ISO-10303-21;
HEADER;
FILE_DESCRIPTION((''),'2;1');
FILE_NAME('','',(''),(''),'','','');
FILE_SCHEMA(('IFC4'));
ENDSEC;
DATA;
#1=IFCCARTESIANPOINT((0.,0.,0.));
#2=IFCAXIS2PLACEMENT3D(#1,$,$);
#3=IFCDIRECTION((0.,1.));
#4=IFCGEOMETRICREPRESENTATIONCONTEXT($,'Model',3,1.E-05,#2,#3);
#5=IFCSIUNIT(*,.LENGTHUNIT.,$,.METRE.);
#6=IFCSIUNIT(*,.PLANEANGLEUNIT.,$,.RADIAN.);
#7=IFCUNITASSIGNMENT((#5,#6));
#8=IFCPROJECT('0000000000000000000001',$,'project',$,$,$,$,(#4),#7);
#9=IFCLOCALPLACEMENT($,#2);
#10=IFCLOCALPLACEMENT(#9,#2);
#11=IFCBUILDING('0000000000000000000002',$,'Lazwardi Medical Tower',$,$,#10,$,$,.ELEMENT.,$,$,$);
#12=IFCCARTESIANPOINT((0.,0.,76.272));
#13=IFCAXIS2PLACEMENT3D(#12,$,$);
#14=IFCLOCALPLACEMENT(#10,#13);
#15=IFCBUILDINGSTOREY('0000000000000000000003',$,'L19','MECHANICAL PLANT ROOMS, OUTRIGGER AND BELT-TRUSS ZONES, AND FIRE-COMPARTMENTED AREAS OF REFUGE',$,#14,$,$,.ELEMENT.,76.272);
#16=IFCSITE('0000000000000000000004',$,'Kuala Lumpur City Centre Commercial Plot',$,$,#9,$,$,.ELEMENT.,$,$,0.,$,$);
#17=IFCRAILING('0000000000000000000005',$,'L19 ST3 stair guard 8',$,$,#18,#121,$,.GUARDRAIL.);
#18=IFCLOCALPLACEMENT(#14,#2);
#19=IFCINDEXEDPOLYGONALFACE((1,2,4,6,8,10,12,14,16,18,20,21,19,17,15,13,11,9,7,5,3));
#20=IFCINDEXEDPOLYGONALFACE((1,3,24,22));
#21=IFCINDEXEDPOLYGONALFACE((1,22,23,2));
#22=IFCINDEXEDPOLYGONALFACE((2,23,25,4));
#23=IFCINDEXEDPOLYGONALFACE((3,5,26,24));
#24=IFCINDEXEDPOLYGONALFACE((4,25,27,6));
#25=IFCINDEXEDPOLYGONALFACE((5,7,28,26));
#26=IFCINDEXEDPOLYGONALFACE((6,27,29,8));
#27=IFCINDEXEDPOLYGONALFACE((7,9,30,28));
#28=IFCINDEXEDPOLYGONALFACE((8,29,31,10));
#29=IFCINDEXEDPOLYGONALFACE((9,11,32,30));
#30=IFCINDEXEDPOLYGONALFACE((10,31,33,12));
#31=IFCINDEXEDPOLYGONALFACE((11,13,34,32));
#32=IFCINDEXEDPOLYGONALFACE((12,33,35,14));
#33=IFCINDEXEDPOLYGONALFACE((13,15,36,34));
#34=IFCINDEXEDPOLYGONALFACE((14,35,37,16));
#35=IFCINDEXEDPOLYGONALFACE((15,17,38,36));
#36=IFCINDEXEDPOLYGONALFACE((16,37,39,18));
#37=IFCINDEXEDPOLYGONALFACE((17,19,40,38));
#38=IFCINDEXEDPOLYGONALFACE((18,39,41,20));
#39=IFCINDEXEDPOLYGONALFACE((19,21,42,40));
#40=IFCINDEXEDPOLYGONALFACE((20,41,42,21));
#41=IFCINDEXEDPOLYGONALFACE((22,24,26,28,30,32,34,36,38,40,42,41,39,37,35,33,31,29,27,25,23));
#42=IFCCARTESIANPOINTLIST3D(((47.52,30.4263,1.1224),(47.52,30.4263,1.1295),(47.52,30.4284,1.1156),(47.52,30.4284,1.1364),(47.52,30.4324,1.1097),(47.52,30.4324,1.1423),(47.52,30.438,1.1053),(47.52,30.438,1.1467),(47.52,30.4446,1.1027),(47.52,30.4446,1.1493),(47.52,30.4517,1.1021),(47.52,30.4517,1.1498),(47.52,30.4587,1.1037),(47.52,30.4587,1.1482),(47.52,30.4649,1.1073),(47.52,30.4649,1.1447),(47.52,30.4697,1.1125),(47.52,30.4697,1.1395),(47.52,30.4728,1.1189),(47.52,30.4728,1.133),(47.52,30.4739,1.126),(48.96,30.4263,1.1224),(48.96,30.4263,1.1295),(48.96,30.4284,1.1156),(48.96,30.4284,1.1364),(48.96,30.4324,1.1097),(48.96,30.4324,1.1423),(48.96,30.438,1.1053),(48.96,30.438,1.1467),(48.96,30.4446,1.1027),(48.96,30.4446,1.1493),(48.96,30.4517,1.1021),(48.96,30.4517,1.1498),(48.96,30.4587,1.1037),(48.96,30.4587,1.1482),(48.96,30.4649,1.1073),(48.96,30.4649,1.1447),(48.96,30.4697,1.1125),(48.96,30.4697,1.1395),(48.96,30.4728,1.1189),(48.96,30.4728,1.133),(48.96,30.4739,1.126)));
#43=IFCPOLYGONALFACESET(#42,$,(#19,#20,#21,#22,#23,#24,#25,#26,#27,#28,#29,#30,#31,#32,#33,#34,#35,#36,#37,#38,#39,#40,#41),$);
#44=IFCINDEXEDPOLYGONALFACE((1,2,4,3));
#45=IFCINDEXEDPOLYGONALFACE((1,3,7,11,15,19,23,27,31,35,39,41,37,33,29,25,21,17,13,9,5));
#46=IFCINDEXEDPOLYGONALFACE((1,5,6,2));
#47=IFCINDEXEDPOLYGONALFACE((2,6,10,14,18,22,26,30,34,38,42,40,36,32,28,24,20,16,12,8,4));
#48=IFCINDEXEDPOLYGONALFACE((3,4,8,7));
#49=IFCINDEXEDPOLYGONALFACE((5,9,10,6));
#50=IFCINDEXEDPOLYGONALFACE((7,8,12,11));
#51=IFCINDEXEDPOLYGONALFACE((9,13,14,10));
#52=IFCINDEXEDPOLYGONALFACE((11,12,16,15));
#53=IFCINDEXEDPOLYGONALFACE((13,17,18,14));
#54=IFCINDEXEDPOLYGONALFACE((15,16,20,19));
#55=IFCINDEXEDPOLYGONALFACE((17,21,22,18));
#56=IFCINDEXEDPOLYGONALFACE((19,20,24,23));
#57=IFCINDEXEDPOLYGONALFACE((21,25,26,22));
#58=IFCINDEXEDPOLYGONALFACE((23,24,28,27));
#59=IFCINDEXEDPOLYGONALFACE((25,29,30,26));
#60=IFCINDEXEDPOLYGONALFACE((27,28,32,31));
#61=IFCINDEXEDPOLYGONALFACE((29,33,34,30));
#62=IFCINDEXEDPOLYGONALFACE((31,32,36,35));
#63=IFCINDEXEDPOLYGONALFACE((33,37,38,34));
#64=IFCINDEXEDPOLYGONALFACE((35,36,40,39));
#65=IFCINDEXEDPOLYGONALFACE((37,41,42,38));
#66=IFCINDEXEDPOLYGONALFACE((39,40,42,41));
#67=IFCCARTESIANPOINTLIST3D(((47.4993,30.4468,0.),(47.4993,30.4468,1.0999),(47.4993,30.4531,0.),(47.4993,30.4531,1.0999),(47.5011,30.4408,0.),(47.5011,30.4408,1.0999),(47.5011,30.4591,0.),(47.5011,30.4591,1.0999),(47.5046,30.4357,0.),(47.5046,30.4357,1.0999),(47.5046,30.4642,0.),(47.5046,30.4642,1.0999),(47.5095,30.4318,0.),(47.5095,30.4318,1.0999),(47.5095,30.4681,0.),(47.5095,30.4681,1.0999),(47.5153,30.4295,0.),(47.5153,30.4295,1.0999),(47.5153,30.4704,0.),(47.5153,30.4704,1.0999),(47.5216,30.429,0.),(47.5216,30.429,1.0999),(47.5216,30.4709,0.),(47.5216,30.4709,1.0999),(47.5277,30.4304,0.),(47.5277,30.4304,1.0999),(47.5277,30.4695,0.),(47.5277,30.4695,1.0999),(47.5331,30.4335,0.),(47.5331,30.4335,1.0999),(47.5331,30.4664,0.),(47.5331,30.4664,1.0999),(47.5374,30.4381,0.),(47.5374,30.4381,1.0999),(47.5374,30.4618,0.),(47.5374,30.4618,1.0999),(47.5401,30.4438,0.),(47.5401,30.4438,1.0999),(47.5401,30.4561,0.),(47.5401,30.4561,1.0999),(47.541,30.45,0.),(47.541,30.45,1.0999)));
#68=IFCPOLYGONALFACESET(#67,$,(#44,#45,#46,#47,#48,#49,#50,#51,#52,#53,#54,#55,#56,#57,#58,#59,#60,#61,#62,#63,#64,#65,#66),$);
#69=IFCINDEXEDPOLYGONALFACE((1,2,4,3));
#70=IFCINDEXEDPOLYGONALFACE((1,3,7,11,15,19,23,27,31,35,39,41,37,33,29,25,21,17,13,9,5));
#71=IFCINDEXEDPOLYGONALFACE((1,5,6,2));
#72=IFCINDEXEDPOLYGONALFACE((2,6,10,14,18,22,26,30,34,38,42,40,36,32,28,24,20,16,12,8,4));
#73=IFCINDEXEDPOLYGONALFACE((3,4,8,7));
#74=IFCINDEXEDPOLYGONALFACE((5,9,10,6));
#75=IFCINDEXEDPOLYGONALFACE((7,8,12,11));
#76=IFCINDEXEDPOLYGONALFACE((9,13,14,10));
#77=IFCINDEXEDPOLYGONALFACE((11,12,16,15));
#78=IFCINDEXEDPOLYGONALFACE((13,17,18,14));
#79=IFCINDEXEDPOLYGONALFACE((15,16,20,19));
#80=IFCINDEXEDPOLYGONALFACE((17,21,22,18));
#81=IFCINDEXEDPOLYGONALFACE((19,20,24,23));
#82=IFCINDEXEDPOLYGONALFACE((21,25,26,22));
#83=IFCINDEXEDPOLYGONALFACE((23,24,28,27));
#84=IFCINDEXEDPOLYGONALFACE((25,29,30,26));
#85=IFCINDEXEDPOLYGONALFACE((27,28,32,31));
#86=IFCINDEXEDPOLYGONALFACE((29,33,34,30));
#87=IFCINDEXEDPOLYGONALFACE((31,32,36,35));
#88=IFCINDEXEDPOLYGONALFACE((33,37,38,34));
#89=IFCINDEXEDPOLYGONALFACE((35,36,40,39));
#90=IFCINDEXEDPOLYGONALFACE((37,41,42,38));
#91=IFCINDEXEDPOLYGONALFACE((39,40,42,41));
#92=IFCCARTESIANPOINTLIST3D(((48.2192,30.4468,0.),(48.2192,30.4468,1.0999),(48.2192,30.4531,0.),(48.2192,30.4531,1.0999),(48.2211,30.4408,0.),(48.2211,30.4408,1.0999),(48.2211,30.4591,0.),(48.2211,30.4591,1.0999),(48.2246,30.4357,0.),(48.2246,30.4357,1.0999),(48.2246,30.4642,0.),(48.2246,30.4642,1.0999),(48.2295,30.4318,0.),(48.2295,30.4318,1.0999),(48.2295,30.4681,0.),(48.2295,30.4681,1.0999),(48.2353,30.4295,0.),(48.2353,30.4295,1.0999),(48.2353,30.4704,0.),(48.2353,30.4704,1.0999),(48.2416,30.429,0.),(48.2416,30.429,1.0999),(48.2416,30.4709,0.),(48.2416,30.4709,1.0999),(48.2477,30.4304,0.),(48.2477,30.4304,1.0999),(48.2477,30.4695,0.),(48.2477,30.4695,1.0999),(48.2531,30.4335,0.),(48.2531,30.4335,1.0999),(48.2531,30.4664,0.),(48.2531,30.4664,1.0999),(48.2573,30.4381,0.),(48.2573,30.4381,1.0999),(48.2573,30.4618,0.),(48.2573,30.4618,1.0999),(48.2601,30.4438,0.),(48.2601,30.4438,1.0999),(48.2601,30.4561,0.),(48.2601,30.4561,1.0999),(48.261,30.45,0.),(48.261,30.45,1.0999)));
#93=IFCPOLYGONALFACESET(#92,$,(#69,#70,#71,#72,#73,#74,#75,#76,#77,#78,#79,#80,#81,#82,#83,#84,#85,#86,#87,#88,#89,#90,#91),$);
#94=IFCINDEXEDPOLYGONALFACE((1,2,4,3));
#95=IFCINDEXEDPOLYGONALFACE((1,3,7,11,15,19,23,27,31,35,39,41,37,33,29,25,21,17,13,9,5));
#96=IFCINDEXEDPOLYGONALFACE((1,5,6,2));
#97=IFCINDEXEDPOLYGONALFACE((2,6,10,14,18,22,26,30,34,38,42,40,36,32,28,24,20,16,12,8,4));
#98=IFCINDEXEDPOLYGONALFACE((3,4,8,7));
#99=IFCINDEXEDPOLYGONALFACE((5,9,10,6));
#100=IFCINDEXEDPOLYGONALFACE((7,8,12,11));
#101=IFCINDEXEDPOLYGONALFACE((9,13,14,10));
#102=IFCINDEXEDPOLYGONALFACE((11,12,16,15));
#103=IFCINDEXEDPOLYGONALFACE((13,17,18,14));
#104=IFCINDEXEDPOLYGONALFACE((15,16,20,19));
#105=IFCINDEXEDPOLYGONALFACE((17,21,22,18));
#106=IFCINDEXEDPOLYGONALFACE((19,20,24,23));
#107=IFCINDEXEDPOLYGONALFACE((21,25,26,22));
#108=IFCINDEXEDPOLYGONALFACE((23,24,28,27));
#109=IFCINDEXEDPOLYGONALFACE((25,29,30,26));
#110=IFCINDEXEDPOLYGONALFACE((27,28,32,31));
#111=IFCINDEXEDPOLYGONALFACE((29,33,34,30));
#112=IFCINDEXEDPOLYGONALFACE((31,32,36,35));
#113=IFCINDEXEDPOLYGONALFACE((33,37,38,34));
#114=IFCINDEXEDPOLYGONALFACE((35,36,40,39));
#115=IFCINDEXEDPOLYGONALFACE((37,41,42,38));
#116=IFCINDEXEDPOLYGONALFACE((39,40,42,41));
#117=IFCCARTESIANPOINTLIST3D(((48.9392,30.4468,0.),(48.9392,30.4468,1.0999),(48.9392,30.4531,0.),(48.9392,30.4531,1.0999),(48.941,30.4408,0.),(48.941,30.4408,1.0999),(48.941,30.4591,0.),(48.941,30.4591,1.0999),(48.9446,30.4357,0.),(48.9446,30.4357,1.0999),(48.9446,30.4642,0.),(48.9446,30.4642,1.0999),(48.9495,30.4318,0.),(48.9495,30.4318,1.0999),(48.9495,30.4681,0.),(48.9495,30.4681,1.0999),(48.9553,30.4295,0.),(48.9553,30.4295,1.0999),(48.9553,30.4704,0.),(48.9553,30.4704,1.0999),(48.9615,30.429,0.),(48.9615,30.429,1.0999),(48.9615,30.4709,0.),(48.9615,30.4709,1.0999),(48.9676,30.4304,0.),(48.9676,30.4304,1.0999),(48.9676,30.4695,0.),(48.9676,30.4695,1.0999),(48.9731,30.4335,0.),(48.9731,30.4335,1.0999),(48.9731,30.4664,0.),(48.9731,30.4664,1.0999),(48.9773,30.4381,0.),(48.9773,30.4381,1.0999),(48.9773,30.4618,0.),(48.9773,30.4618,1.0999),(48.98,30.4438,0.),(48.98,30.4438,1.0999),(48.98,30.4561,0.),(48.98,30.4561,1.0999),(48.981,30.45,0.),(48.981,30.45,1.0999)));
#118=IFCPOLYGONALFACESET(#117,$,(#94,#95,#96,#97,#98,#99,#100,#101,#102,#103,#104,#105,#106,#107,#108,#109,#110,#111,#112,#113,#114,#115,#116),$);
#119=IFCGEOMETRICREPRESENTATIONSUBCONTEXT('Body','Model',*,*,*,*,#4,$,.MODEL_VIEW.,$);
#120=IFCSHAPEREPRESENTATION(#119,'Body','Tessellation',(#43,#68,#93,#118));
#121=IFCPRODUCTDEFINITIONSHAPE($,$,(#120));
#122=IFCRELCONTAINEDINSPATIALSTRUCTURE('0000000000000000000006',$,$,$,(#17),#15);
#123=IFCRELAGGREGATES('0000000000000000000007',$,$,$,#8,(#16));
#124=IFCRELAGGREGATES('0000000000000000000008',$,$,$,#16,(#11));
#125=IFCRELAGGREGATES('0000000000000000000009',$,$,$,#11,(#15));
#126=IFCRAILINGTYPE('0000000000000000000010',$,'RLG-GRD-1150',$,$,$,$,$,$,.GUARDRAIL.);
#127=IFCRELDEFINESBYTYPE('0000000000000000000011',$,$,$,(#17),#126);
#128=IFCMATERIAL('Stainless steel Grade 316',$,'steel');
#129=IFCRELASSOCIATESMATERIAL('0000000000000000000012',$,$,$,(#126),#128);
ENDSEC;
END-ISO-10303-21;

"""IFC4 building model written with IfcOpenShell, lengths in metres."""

from ifc_helpers import new_model, si_unit, direction, frame, origin, origin_2d, place, context, subcontext, project, spatial, circle, extrude, material, type_object, element, save


model = new_model("IFC4")

# Units and contexts
model_context = context("Model", 3, precision=1e-05, world=origin(), true_north=direction((0.0, 1.0)))
body_context = subcontext(model_context, "Body", "Model", "MODEL_VIEW")
ifc_project = project(units=[si_unit("LENGTHUNIT", "METRE"), si_unit("PLANEANGLEUNIT", "RADIAN")], contexts=[model_context])

# Site, building, storey
site_placement = place(None, origin())
site = spatial("IfcSite", under=ifc_project, at=site_placement, Name="Kuala Lumpur City Centre Commercial Plot", CompositionType="ELEMENT", RefElevation=0.0)
building_placement = place(site_placement, origin())
building = spatial("IfcBuilding", under=site, at=building_placement, Name="Lazwardi Medical Tower", CompositionType="ELEMENT")
storey_placement = place(building_placement, frame((0.0, 0.0, 76.272)))
storey = spatial("IfcBuildingStorey", under=building, at=storey_placement, Name="L19", Description="MECHANICAL PLANT ROOMS, OUTRIGGER AND BELT-TRUSS ZONES, AND FIRE-COMPARTMENTED AREAS OF REFUGE", CompositionType="ELEMENT", Elevation=76.272)

# Railing
ifc_material_1 = material(Name="Stainless steel Grade 316", Category="steel")
railing_type_1 = type_object("IfcRailingType", Name="RLG-GRD-1150", PredefinedType="GUARDRAIL", material=ifc_material_1)
railing_1_placement = place(storey_placement, frame((47.52, 30.45, 0.0)))
element("IfcRailing", 1, at=railing_1_placement, inside=storey, type_object=railing_type_1, Name="L19 ST3 stair guard 8", PredefinedType="GUARDRAIL", context=body_context, shape_type="SweptSolid", body=[
    extrude(circle(Radius=0.0239, at=origin_2d()), frame((0.0, 0.0, 1.126), z_axis=(1.0, 0.0, 0.0), x_axis=(0.0, 1.0, 0.0)), (0.0, 0.0, 1.0), 1.4399),
    extrude(circle(Radius=0.021, at=origin_2d()), origin(), (0.0, 0.0, 1.0), 1.0999),
    extrude(circle(Radius=0.021, at=origin_2d()), frame((0.72, 0.0, 0.0)), (0.0, 0.0, 1.0), 1.0999),
    extrude(circle(Radius=0.021, at=origin_2d()), frame((1.4399, 0.0, 0.0)), (0.0, 0.0, 1.0), 1.0999),
])

save(model, "model.ifc")
